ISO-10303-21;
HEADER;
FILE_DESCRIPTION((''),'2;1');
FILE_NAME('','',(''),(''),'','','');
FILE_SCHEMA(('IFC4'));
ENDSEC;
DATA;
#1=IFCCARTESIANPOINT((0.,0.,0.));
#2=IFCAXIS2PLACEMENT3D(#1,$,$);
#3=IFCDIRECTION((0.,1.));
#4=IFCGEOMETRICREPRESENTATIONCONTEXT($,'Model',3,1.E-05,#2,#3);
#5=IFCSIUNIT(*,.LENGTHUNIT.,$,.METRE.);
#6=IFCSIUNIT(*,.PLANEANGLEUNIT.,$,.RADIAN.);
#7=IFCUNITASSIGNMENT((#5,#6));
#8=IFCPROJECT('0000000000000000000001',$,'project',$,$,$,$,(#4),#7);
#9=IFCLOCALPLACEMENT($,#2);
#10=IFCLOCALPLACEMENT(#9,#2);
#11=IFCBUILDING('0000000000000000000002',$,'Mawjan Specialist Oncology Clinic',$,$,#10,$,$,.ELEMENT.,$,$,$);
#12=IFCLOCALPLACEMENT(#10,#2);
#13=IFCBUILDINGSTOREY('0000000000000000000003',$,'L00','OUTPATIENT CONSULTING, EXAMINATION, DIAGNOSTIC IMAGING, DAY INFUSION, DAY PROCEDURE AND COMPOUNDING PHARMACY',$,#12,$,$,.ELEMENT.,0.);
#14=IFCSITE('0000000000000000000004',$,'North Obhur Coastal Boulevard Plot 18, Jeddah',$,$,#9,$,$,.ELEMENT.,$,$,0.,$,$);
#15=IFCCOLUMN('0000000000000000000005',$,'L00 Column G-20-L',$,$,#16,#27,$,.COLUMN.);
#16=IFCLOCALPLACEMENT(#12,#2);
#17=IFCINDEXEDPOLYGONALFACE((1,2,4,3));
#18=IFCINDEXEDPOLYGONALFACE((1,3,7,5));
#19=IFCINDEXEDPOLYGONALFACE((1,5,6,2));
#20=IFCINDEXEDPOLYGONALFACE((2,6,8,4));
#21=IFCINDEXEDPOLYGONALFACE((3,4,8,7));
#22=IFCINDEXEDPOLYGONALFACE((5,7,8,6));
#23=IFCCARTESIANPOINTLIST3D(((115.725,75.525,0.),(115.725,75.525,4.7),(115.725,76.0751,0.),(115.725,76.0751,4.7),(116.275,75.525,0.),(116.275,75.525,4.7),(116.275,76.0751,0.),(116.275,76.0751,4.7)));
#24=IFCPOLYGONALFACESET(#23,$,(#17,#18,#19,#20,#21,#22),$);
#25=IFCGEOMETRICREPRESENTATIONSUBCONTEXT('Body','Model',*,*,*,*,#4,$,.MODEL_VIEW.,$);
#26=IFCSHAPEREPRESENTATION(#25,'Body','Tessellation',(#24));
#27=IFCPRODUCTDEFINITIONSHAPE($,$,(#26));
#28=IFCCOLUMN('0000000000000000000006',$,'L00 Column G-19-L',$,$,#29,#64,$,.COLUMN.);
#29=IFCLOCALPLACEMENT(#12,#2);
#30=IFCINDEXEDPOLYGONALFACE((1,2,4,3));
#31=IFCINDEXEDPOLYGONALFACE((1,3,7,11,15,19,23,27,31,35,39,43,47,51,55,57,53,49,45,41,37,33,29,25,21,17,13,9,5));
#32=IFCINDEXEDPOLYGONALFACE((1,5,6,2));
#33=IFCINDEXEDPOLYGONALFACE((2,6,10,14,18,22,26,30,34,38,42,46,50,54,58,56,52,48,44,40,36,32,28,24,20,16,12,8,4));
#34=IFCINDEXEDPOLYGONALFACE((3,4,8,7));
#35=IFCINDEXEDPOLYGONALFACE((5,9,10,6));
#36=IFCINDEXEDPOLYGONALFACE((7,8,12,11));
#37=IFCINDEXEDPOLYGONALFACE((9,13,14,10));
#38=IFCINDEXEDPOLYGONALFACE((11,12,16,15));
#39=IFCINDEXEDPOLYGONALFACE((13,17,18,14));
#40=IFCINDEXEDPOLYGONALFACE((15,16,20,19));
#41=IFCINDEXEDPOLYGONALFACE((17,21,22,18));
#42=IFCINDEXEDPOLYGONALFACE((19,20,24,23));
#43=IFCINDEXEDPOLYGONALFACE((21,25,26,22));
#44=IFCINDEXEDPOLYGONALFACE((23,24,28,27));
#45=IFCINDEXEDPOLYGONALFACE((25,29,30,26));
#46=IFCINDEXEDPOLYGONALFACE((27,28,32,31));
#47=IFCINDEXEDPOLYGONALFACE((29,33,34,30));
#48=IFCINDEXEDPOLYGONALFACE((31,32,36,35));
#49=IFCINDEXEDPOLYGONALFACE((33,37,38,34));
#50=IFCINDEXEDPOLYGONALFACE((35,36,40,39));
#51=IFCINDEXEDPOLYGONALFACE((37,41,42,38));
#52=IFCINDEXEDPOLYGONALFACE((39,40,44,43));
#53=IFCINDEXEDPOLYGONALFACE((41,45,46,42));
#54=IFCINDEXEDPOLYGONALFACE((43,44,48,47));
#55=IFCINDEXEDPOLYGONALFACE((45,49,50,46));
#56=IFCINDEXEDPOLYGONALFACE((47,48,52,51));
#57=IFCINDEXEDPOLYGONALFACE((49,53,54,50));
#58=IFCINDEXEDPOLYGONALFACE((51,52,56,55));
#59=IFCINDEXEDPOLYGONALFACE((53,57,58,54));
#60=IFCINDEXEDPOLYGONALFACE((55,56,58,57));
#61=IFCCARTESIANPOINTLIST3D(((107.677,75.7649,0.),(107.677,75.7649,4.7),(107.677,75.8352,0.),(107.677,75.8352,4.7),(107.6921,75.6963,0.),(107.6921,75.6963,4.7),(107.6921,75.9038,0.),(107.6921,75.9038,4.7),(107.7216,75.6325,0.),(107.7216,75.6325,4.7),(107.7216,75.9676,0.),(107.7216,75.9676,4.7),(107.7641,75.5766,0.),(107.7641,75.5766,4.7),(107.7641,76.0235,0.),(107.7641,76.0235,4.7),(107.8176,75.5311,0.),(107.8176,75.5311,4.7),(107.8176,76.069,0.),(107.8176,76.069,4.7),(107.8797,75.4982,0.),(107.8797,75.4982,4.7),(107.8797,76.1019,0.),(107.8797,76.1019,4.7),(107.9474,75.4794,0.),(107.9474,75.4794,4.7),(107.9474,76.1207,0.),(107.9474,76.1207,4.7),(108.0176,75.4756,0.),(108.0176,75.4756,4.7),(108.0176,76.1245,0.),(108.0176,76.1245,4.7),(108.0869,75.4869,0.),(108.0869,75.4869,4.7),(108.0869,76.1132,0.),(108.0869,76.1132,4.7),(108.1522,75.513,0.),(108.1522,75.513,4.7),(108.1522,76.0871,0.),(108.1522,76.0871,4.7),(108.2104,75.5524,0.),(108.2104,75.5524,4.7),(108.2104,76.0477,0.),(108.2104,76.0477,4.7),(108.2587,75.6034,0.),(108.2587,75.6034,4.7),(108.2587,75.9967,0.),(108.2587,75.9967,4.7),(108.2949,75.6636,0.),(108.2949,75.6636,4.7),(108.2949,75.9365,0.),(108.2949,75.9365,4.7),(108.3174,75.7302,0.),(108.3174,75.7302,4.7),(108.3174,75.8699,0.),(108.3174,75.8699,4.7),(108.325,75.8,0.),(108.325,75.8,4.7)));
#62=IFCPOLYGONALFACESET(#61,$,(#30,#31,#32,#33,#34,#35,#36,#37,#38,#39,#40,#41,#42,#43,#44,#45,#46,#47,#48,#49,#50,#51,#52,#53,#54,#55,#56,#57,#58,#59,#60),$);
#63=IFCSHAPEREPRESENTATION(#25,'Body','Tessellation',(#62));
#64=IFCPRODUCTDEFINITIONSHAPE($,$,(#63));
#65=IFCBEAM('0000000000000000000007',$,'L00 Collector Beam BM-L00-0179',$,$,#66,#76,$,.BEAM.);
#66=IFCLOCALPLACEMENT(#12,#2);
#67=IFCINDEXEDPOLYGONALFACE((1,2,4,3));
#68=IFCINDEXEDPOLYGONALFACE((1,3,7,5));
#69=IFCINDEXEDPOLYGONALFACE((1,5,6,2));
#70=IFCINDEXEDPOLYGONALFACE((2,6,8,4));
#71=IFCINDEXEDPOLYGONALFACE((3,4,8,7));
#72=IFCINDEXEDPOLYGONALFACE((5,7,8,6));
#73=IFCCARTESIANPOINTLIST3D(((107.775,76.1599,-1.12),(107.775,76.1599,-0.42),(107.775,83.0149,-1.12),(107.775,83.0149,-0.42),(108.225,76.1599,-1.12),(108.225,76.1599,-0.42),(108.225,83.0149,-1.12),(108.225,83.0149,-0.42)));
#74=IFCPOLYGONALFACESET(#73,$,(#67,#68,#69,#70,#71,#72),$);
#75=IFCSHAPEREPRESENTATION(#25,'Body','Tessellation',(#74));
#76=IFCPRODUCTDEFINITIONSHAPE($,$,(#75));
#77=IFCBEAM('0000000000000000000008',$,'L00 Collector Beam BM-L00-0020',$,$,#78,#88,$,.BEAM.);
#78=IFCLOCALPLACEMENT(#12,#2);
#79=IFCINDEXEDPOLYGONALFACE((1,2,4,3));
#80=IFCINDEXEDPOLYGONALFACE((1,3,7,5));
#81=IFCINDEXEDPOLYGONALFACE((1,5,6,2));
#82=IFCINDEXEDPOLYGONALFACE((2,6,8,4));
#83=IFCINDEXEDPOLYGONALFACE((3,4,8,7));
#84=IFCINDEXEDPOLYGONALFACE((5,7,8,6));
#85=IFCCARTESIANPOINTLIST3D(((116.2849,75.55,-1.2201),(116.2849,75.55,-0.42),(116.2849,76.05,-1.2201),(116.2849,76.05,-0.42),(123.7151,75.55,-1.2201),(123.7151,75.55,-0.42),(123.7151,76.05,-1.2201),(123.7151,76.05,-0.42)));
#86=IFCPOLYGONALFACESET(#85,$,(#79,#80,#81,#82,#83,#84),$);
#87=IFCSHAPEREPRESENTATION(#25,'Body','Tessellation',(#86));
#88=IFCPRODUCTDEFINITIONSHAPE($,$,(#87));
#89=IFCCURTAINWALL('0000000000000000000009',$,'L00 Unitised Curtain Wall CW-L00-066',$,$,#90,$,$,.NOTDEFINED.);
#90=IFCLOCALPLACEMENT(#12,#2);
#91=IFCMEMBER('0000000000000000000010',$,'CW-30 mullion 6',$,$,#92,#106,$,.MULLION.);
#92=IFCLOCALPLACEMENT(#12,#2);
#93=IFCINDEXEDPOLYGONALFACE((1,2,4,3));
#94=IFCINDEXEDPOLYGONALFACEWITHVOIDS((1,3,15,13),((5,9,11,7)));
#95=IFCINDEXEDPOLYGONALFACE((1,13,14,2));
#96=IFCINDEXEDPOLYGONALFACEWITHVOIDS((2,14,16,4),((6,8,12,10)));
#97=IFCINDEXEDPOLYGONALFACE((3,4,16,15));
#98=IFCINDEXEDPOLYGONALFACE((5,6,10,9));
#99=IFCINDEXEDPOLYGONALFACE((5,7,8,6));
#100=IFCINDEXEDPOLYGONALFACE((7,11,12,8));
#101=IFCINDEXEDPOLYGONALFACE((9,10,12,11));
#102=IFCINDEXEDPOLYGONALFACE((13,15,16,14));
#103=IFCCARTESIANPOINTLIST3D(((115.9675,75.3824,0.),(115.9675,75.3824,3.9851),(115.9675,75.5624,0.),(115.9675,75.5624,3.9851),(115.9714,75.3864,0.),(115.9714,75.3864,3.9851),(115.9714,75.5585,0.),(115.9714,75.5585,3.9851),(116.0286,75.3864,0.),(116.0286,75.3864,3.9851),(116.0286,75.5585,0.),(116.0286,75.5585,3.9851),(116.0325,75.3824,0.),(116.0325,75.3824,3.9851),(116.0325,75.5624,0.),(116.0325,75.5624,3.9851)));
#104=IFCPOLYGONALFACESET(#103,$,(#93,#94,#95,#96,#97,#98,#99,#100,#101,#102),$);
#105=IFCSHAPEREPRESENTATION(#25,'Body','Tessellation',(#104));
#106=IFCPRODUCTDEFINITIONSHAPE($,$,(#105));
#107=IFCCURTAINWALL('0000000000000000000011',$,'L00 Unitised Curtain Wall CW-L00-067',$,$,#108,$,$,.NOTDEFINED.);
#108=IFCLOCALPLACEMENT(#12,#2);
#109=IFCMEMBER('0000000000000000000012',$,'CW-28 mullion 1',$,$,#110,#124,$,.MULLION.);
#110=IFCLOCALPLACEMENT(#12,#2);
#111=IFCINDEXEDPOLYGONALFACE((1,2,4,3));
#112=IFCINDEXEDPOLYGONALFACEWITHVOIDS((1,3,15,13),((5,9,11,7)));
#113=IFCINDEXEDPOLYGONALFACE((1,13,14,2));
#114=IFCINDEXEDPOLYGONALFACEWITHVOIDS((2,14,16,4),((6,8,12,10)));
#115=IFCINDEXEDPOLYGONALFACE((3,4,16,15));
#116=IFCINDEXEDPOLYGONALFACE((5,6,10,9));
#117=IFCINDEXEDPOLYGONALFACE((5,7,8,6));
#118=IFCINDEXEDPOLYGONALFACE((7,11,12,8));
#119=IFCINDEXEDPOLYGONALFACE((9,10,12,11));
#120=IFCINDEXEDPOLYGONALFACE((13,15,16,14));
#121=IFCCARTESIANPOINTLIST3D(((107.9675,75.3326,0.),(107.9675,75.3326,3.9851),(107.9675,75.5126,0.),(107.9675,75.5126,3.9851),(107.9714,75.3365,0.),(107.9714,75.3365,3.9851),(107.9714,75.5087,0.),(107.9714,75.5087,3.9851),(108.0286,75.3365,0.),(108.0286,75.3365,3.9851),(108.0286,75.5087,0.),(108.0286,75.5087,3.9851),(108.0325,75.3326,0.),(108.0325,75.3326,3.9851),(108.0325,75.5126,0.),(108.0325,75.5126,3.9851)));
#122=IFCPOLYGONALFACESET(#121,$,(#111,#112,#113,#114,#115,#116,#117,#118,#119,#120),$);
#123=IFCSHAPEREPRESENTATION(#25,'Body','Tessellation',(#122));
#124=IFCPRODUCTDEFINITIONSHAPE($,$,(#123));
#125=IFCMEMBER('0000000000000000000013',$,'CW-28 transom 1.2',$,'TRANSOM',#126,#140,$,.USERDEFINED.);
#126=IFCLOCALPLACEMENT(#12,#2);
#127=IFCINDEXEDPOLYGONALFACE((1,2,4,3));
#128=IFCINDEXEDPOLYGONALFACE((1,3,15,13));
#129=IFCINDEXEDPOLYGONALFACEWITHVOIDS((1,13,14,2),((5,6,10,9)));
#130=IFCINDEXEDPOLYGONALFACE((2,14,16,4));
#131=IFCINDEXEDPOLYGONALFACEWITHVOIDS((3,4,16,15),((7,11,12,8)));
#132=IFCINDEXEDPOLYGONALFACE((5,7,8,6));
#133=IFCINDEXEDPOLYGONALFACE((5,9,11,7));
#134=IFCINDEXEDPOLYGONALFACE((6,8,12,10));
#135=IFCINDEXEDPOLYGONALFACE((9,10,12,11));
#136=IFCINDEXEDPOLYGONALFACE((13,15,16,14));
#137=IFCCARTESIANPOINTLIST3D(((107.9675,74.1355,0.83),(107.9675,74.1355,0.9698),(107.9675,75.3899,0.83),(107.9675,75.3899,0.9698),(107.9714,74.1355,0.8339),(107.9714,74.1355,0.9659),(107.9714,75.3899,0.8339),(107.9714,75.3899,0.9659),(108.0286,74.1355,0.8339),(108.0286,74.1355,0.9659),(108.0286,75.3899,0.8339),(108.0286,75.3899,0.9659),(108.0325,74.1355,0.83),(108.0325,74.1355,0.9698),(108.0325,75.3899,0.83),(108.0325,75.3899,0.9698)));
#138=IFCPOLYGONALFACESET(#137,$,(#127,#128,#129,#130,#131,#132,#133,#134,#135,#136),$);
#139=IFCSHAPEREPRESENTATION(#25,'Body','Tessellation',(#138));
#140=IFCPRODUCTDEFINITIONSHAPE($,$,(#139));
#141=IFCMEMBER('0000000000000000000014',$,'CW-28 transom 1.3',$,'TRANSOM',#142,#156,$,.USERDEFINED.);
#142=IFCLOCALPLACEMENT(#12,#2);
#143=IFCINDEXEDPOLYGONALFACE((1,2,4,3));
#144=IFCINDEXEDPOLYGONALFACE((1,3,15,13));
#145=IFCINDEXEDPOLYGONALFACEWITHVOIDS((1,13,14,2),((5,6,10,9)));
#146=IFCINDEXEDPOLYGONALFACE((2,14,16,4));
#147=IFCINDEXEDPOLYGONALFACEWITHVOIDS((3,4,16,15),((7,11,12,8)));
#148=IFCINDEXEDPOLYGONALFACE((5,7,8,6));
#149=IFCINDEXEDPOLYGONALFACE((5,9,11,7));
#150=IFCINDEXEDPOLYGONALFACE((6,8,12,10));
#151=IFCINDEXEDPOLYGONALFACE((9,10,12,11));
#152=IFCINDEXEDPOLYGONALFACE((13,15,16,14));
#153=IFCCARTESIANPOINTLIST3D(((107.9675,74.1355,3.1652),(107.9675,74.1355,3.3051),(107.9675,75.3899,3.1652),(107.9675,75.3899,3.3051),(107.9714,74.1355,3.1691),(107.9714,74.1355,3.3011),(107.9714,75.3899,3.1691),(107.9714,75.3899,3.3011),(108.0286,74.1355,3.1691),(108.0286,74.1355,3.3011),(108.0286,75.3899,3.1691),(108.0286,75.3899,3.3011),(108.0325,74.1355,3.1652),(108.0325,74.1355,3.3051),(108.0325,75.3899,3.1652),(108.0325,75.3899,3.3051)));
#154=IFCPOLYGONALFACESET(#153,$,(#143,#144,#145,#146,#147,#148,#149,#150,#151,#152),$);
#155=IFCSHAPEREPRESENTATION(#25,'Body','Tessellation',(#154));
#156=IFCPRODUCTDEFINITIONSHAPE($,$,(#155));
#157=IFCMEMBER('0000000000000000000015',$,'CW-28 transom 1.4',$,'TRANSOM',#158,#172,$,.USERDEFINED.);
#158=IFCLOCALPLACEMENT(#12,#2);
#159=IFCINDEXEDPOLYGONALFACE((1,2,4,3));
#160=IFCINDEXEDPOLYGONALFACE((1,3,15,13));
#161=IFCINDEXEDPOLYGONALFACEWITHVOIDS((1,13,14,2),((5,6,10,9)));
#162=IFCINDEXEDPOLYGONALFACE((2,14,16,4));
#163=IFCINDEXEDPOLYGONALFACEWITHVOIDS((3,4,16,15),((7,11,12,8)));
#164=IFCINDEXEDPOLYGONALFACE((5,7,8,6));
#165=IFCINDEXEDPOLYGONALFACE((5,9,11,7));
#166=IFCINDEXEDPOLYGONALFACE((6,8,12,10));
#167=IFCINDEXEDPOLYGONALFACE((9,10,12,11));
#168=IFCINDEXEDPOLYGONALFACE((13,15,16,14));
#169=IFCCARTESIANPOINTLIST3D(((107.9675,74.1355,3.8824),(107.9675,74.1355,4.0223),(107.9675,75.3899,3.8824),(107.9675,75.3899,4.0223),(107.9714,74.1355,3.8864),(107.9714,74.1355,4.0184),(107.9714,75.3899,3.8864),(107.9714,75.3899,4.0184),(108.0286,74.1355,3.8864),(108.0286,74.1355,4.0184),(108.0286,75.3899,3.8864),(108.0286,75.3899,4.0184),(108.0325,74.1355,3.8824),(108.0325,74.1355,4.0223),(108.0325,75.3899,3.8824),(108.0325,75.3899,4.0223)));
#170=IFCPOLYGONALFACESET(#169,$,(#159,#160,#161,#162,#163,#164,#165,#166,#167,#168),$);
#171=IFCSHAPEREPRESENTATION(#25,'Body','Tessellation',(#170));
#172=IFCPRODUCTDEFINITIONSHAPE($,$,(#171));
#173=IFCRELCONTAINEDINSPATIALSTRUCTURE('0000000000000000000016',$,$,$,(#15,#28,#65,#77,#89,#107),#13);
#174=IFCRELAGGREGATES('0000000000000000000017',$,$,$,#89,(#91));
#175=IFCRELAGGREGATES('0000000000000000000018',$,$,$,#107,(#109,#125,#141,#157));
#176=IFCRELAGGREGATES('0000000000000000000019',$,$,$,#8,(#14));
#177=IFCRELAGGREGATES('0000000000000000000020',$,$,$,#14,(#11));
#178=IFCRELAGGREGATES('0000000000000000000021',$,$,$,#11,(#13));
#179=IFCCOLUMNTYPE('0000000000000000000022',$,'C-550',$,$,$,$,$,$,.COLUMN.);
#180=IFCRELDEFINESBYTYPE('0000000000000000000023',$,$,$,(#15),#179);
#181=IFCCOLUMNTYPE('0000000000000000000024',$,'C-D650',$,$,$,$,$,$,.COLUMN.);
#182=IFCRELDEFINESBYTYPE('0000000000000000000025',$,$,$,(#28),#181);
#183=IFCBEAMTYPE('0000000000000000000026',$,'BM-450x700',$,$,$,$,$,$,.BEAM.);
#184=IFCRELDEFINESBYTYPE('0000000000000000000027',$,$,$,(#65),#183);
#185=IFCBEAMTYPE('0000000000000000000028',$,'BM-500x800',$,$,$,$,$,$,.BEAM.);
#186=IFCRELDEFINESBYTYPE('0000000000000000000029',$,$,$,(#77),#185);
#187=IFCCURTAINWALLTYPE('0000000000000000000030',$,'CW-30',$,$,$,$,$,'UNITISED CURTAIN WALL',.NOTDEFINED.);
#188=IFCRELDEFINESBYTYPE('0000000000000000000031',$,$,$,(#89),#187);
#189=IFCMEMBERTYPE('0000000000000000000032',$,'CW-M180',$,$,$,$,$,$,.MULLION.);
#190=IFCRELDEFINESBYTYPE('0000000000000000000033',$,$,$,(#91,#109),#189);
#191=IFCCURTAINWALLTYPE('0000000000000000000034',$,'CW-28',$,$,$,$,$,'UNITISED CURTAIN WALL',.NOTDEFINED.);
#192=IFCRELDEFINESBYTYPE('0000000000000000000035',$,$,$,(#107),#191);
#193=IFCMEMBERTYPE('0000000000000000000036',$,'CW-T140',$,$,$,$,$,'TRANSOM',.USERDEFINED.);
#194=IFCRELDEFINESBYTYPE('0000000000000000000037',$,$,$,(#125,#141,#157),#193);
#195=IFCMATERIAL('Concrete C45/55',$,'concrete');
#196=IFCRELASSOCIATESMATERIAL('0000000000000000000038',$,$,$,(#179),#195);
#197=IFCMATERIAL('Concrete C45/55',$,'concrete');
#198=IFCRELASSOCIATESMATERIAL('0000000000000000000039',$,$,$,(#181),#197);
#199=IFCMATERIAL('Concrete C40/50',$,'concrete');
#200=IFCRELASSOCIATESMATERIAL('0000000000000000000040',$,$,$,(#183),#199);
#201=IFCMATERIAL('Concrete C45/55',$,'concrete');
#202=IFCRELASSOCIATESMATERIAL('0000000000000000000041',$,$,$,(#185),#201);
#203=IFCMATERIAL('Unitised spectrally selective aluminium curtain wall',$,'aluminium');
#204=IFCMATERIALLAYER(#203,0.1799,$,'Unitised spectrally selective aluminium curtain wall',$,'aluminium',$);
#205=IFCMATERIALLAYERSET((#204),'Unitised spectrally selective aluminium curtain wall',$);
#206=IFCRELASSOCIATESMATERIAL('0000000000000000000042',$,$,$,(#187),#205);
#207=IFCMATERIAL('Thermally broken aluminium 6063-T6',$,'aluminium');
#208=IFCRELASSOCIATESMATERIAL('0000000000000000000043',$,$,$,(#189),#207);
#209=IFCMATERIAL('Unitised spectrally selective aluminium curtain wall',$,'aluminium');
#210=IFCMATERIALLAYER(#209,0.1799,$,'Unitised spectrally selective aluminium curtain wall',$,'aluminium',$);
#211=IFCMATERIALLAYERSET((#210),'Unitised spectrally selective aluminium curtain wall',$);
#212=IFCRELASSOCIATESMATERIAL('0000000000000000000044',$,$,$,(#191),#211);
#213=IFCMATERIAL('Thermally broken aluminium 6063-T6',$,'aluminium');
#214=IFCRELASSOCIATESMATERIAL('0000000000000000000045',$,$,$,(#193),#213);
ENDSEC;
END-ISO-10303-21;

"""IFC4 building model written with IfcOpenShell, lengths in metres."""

from ifc_helpers import new_model, si_unit, direction, frame, origin, origin_2d, place, context, subcontext, project, spatial, rectangle, hollow_rectangle, circle, extrude, material, layer, layer_set, material_profile, profile_set, type_object, element, aggregate, save


model = new_model("IFC4")

# Units and contexts
model_context = context("Model", 3, precision=1e-05, world=origin(), true_north=direction((0.0, 1.0)))
body_context = subcontext(model_context, "Body", "Model", "MODEL_VIEW")
ifc_project = project(units=[si_unit("LENGTHUNIT", "METRE"), si_unit("PLANEANGLEUNIT", "RADIAN")], contexts=[model_context])

# Site, building, storey
site_placement = place(None, origin())
site = spatial("IfcSite", under=ifc_project, at=site_placement, Name="North Obhur Coastal Boulevard Plot 18, Jeddah", CompositionType="ELEMENT", RefElevation=0.0)
building_placement = place(site_placement, origin())
building = spatial("IfcBuilding", under=site, at=building_placement, Name="Mawjan Specialist Oncology Clinic", CompositionType="ELEMENT")
storey_placement = place(building_placement, origin())
storey = spatial("IfcBuildingStorey", under=building, at=storey_placement, Name="L00", Description="OUTPATIENT CONSULTING, EXAMINATION, DIAGNOSTIC IMAGING, DAY INFUSION, DAY PROCEDURE AND COMPOUNDING PHARMACY", CompositionType="ELEMENT", Elevation=0.0)

# Columns
ifc_material_1 = material(Name="Concrete C45/55", Category="concrete")
ifc_material_profile_1 = material_profile(ifc_material_1, rectangle(XDim=0.55, YDim=0.55, at=origin_2d()), Name="RC COL 550x550", Category="concrete")
ifc_profile_set_1 = profile_set([ifc_material_profile_1], Name="Concrete C45/55")
column_type_1 = type_object("IfcColumnType", Name="C-550", PredefinedType="COLUMN", material=ifc_profile_set_1)
column_1_placement = place(storey_placement, frame((116.0, 75.8, 0.0), z_axis=(0.0, 0.0, 1.0), x_axis=(1.0, 0.0, 0.0)))
element("IfcColumn", 1, at=column_1_placement, inside=storey, type_object=column_type_1, Name="L00 Column G-20-L", PredefinedType="COLUMN", context=body_context, shape_type="SweptSolid", body=[
    extrude(rectangle(XDim=0.55, YDim=0.55, at=origin_2d()), origin(), (0.0, 0.0, 1.0), 4.7),
])
ifc_material_2 = material(Name="Concrete C45/55", Category="concrete")
ifc_material_profile_2 = material_profile(ifc_material_2, circle(Radius=0.325, at=origin_2d()), Name="RC COL D650", Category="concrete")
ifc_profile_set_2 = profile_set([ifc_material_profile_2], Name="Concrete C45/55")
column_type_2 = type_object("IfcColumnType", Name="C-D650", PredefinedType="COLUMN", material=ifc_profile_set_2)
column_2_placement = place(storey_placement, frame((108.0, 75.8, 0.0), z_axis=(0.0, 0.0, 1.0), x_axis=(1.0, 0.0, 0.0)))
element("IfcColumn", 2, at=column_2_placement, inside=storey, type_object=column_type_2, Name="L00 Column G-19-L", PredefinedType="COLUMN", context=body_context, shape_type="SweptSolid", body=[
    extrude(circle(Radius=0.325, at=origin_2d()), origin(), (0.0, 0.0, 1.0), 4.7),
])

# Beams
ifc_material_3 = material(Name="Concrete C40/50", Category="concrete")
ifc_material_profile_3 = material_profile(ifc_material_3, rectangle(XDim=0.45, YDim=0.7, at=origin_2d()), Name="RC BM 450x700", Category="concrete")
ifc_profile_set_3 = profile_set([ifc_material_profile_3], Name="Concrete C40/50")
beam_type_1 = type_object("IfcBeamType", Name="BM-450x700", PredefinedType="BEAM", material=ifc_profile_set_3)
beam_1_placement = place(storey_placement, frame((108.0, 76.1599, -0.77), z_axis=(0.0, 1.0, 0.0), x_axis=(-1.0, 0.0, 0.0)))
element("IfcBeam", 3, at=beam_1_placement, inside=storey, type_object=beam_type_1, Name="L00 Collector Beam BM-L00-0179", PredefinedType="BEAM", context=body_context, shape_type="SweptSolid", body=[
    extrude(rectangle(XDim=0.45, YDim=0.7, at=origin_2d()), origin(), (0.0, 0.0, 1.0), 6.855),
])
ifc_material_4 = material(Name="Concrete C45/55", Category="concrete")
ifc_material_profile_4 = material_profile(ifc_material_4, rectangle(XDim=0.5, YDim=0.8, at=origin_2d()), Name="RC BM 500x800", Category="concrete")
ifc_profile_set_4 = profile_set([ifc_material_profile_4], Name="Concrete C45/55")
beam_type_2 = type_object("IfcBeamType", Name="BM-500x800", PredefinedType="BEAM", material=ifc_profile_set_4)
beam_2_placement = place(storey_placement, frame((116.2849, 75.8, -0.8201), z_axis=(1.0, 0.0, 0.0), x_axis=(0.0, 1.0, 0.0)))
element("IfcBeam", 4, at=beam_2_placement, inside=storey, type_object=beam_type_2, Name="L00 Collector Beam BM-L00-0020", PredefinedType="BEAM", context=body_context, shape_type="SweptSolid", body=[
    extrude(rectangle(XDim=0.5, YDim=0.8, at=origin_2d()), origin(), (0.0, 0.0, 1.0), 7.4302),
])

# Curtain wall, member
ifc_material_5 = material(Name="Unitised spectrally selective aluminium curtain wall", Category="aluminium")
ifc_layer_1 = layer(ifc_material_5, 0.1799, Name="Unitised spectrally selective aluminium curtain wall", Category="aluminium")
ifc_layer_set_1 = layer_set([ifc_layer_1], Name="Unitised spectrally selective aluminium curtain wall")
curtain_wall_type_1 = type_object("IfcCurtainWallType", Name="CW-30", ElementType="UNITISED CURTAIN WALL", PredefinedType="NOTDEFINED", material=ifc_layer_set_1)
curtain_wall_1_placement = place(storey_placement, origin())
curtain_wall_1 = element("IfcCurtainWall", 5, at=curtain_wall_1_placement, inside=storey, type_object=curtain_wall_type_1, Name="L00 Unitised Curtain Wall CW-L00-066", PredefinedType="NOTDEFINED")
ifc_material_6 = material(Name="Thermally broken aluminium 6063-T6", Category="aluminium")
ifc_material_profile_5 = material_profile(ifc_material_6, hollow_rectangle(XDim=0.0649, YDim=0.1799, WallThickness=0.0039, at=origin_2d()), Name="ALU MULLION 180x65x4", Category="aluminium")
ifc_profile_set_5 = profile_set([ifc_material_profile_5], Name="Thermally broken aluminium 6063-T6")
member_type_1 = type_object("IfcMemberType", Name="CW-M180", PredefinedType="MULLION", material=ifc_profile_set_5)
member_1_placement = place(storey_placement, frame((116.0, 75.4724, 0.0), z_axis=(0.0, 0.0, 1.0), x_axis=(-1.0, 0.0, 0.0)))
member_1 = element("IfcMember", 6, at=member_1_placement, type_object=member_type_1, Name="CW-30 mullion 6", PredefinedType="MULLION", context=body_context, shape_type="SweptSolid", body=[
    extrude(hollow_rectangle(XDim=0.0649, YDim=0.1799, WallThickness=0.0039, at=origin_2d()), origin(), (0.0, 0.0, 1.0), 3.9851),
])
aggregate(curtain_wall_1, [member_1])

# Curtain wall, members
ifc_material_7 = material(Name="Unitised spectrally selective aluminium curtain wall", Category="aluminium")
ifc_layer_2 = layer(ifc_material_7, 0.1799, Name="Unitised spectrally selective aluminium curtain wall", Category="aluminium")
ifc_layer_set_2 = layer_set([ifc_layer_2], Name="Unitised spectrally selective aluminium curtain wall")
curtain_wall_type_2 = type_object("IfcCurtainWallType", Name="CW-28", ElementType="UNITISED CURTAIN WALL", PredefinedType="NOTDEFINED", material=ifc_layer_set_2)
curtain_wall_2_placement = place(storey_placement, origin())
curtain_wall_2 = element("IfcCurtainWall", 7, at=curtain_wall_2_placement, inside=storey, type_object=curtain_wall_type_2, Name="L00 Unitised Curtain Wall CW-L00-067", PredefinedType="NOTDEFINED")
member_2_placement = place(storey_placement, frame((108.0, 75.4226, 0.0), z_axis=(0.0, 0.0, 1.0), x_axis=(1.0, 0.0, 0.0)))
member_2 = element("IfcMember", 8, at=member_2_placement, type_object=member_type_1, Name="CW-28 mullion 1", PredefinedType="MULLION", context=body_context, shape_type="SweptSolid", body=[
    extrude(hollow_rectangle(XDim=0.0649, YDim=0.1799, WallThickness=0.0039, at=origin_2d()), origin(), (0.0, 0.0, 1.0), 3.9851),
])
ifc_material_8 = material(Name="Thermally broken aluminium 6063-T6", Category="aluminium")
ifc_material_profile_6 = material_profile(ifc_material_8, hollow_rectangle(XDim=0.0649, YDim=0.1399, WallThickness=0.0039, at=origin_2d()), Name="ALU TRANSOM 140x65x4", Category="aluminium")
ifc_profile_set_6 = profile_set([ifc_material_profile_6], Name="Thermally broken aluminium 6063-T6")
member_type_2 = type_object("IfcMemberType", Name="CW-T140", ElementType="TRANSOM", PredefinedType="USERDEFINED", material=ifc_profile_set_6)
member_3_placement = place(storey_placement, frame((108.0, 75.3899, 0.8999), z_axis=(0.0, -1.0, 0.0), x_axis=(1.0, 0.0, 0.0)))
member_3 = element("IfcMember", 9, at=member_3_placement, type_object=member_type_2, Name="CW-28 transom 1.2", ObjectType="TRANSOM", PredefinedType="USERDEFINED", context=body_context, shape_type="SweptSolid", body=[
    extrude(hollow_rectangle(XDim=0.0649, YDim=0.1399, WallThickness=0.0039, at=origin_2d()), origin(), (0.0, 0.0, 1.0), 1.2544),
])
member_4_placement = place(storey_placement, frame((108.0, 75.3899, 3.2351), z_axis=(0.0, -1.0, 0.0), x_axis=(1.0, 0.0, 0.0)))
member_4 = element("IfcMember", 10, at=member_4_placement, type_object=member_type_2, Name="CW-28 transom 1.3", ObjectType="TRANSOM", PredefinedType="USERDEFINED", context=body_context, shape_type="SweptSolid", body=[
    extrude(hollow_rectangle(XDim=0.0649, YDim=0.1399, WallThickness=0.0039, at=origin_2d()), origin(), (0.0, 0.0, 1.0), 1.2544),
])
member_5_placement = place(storey_placement, frame((108.0, 75.3899, 3.9524), z_axis=(0.0, -1.0, 0.0), x_axis=(1.0, 0.0, 0.0)))
member_5 = element("IfcMember", 11, at=member_5_placement, type_object=member_type_2, Name="CW-28 transom 1.4", ObjectType="TRANSOM", PredefinedType="USERDEFINED", context=body_context, shape_type="SweptSolid", body=[
    extrude(hollow_rectangle(XDim=0.0649, YDim=0.1399, WallThickness=0.0039, at=origin_2d()), origin(), (0.0, 0.0, 1.0), 1.2544),
])
aggregate(curtain_wall_2, [member_2, member_3, member_4, member_5])

save(model, "model.ifc")
